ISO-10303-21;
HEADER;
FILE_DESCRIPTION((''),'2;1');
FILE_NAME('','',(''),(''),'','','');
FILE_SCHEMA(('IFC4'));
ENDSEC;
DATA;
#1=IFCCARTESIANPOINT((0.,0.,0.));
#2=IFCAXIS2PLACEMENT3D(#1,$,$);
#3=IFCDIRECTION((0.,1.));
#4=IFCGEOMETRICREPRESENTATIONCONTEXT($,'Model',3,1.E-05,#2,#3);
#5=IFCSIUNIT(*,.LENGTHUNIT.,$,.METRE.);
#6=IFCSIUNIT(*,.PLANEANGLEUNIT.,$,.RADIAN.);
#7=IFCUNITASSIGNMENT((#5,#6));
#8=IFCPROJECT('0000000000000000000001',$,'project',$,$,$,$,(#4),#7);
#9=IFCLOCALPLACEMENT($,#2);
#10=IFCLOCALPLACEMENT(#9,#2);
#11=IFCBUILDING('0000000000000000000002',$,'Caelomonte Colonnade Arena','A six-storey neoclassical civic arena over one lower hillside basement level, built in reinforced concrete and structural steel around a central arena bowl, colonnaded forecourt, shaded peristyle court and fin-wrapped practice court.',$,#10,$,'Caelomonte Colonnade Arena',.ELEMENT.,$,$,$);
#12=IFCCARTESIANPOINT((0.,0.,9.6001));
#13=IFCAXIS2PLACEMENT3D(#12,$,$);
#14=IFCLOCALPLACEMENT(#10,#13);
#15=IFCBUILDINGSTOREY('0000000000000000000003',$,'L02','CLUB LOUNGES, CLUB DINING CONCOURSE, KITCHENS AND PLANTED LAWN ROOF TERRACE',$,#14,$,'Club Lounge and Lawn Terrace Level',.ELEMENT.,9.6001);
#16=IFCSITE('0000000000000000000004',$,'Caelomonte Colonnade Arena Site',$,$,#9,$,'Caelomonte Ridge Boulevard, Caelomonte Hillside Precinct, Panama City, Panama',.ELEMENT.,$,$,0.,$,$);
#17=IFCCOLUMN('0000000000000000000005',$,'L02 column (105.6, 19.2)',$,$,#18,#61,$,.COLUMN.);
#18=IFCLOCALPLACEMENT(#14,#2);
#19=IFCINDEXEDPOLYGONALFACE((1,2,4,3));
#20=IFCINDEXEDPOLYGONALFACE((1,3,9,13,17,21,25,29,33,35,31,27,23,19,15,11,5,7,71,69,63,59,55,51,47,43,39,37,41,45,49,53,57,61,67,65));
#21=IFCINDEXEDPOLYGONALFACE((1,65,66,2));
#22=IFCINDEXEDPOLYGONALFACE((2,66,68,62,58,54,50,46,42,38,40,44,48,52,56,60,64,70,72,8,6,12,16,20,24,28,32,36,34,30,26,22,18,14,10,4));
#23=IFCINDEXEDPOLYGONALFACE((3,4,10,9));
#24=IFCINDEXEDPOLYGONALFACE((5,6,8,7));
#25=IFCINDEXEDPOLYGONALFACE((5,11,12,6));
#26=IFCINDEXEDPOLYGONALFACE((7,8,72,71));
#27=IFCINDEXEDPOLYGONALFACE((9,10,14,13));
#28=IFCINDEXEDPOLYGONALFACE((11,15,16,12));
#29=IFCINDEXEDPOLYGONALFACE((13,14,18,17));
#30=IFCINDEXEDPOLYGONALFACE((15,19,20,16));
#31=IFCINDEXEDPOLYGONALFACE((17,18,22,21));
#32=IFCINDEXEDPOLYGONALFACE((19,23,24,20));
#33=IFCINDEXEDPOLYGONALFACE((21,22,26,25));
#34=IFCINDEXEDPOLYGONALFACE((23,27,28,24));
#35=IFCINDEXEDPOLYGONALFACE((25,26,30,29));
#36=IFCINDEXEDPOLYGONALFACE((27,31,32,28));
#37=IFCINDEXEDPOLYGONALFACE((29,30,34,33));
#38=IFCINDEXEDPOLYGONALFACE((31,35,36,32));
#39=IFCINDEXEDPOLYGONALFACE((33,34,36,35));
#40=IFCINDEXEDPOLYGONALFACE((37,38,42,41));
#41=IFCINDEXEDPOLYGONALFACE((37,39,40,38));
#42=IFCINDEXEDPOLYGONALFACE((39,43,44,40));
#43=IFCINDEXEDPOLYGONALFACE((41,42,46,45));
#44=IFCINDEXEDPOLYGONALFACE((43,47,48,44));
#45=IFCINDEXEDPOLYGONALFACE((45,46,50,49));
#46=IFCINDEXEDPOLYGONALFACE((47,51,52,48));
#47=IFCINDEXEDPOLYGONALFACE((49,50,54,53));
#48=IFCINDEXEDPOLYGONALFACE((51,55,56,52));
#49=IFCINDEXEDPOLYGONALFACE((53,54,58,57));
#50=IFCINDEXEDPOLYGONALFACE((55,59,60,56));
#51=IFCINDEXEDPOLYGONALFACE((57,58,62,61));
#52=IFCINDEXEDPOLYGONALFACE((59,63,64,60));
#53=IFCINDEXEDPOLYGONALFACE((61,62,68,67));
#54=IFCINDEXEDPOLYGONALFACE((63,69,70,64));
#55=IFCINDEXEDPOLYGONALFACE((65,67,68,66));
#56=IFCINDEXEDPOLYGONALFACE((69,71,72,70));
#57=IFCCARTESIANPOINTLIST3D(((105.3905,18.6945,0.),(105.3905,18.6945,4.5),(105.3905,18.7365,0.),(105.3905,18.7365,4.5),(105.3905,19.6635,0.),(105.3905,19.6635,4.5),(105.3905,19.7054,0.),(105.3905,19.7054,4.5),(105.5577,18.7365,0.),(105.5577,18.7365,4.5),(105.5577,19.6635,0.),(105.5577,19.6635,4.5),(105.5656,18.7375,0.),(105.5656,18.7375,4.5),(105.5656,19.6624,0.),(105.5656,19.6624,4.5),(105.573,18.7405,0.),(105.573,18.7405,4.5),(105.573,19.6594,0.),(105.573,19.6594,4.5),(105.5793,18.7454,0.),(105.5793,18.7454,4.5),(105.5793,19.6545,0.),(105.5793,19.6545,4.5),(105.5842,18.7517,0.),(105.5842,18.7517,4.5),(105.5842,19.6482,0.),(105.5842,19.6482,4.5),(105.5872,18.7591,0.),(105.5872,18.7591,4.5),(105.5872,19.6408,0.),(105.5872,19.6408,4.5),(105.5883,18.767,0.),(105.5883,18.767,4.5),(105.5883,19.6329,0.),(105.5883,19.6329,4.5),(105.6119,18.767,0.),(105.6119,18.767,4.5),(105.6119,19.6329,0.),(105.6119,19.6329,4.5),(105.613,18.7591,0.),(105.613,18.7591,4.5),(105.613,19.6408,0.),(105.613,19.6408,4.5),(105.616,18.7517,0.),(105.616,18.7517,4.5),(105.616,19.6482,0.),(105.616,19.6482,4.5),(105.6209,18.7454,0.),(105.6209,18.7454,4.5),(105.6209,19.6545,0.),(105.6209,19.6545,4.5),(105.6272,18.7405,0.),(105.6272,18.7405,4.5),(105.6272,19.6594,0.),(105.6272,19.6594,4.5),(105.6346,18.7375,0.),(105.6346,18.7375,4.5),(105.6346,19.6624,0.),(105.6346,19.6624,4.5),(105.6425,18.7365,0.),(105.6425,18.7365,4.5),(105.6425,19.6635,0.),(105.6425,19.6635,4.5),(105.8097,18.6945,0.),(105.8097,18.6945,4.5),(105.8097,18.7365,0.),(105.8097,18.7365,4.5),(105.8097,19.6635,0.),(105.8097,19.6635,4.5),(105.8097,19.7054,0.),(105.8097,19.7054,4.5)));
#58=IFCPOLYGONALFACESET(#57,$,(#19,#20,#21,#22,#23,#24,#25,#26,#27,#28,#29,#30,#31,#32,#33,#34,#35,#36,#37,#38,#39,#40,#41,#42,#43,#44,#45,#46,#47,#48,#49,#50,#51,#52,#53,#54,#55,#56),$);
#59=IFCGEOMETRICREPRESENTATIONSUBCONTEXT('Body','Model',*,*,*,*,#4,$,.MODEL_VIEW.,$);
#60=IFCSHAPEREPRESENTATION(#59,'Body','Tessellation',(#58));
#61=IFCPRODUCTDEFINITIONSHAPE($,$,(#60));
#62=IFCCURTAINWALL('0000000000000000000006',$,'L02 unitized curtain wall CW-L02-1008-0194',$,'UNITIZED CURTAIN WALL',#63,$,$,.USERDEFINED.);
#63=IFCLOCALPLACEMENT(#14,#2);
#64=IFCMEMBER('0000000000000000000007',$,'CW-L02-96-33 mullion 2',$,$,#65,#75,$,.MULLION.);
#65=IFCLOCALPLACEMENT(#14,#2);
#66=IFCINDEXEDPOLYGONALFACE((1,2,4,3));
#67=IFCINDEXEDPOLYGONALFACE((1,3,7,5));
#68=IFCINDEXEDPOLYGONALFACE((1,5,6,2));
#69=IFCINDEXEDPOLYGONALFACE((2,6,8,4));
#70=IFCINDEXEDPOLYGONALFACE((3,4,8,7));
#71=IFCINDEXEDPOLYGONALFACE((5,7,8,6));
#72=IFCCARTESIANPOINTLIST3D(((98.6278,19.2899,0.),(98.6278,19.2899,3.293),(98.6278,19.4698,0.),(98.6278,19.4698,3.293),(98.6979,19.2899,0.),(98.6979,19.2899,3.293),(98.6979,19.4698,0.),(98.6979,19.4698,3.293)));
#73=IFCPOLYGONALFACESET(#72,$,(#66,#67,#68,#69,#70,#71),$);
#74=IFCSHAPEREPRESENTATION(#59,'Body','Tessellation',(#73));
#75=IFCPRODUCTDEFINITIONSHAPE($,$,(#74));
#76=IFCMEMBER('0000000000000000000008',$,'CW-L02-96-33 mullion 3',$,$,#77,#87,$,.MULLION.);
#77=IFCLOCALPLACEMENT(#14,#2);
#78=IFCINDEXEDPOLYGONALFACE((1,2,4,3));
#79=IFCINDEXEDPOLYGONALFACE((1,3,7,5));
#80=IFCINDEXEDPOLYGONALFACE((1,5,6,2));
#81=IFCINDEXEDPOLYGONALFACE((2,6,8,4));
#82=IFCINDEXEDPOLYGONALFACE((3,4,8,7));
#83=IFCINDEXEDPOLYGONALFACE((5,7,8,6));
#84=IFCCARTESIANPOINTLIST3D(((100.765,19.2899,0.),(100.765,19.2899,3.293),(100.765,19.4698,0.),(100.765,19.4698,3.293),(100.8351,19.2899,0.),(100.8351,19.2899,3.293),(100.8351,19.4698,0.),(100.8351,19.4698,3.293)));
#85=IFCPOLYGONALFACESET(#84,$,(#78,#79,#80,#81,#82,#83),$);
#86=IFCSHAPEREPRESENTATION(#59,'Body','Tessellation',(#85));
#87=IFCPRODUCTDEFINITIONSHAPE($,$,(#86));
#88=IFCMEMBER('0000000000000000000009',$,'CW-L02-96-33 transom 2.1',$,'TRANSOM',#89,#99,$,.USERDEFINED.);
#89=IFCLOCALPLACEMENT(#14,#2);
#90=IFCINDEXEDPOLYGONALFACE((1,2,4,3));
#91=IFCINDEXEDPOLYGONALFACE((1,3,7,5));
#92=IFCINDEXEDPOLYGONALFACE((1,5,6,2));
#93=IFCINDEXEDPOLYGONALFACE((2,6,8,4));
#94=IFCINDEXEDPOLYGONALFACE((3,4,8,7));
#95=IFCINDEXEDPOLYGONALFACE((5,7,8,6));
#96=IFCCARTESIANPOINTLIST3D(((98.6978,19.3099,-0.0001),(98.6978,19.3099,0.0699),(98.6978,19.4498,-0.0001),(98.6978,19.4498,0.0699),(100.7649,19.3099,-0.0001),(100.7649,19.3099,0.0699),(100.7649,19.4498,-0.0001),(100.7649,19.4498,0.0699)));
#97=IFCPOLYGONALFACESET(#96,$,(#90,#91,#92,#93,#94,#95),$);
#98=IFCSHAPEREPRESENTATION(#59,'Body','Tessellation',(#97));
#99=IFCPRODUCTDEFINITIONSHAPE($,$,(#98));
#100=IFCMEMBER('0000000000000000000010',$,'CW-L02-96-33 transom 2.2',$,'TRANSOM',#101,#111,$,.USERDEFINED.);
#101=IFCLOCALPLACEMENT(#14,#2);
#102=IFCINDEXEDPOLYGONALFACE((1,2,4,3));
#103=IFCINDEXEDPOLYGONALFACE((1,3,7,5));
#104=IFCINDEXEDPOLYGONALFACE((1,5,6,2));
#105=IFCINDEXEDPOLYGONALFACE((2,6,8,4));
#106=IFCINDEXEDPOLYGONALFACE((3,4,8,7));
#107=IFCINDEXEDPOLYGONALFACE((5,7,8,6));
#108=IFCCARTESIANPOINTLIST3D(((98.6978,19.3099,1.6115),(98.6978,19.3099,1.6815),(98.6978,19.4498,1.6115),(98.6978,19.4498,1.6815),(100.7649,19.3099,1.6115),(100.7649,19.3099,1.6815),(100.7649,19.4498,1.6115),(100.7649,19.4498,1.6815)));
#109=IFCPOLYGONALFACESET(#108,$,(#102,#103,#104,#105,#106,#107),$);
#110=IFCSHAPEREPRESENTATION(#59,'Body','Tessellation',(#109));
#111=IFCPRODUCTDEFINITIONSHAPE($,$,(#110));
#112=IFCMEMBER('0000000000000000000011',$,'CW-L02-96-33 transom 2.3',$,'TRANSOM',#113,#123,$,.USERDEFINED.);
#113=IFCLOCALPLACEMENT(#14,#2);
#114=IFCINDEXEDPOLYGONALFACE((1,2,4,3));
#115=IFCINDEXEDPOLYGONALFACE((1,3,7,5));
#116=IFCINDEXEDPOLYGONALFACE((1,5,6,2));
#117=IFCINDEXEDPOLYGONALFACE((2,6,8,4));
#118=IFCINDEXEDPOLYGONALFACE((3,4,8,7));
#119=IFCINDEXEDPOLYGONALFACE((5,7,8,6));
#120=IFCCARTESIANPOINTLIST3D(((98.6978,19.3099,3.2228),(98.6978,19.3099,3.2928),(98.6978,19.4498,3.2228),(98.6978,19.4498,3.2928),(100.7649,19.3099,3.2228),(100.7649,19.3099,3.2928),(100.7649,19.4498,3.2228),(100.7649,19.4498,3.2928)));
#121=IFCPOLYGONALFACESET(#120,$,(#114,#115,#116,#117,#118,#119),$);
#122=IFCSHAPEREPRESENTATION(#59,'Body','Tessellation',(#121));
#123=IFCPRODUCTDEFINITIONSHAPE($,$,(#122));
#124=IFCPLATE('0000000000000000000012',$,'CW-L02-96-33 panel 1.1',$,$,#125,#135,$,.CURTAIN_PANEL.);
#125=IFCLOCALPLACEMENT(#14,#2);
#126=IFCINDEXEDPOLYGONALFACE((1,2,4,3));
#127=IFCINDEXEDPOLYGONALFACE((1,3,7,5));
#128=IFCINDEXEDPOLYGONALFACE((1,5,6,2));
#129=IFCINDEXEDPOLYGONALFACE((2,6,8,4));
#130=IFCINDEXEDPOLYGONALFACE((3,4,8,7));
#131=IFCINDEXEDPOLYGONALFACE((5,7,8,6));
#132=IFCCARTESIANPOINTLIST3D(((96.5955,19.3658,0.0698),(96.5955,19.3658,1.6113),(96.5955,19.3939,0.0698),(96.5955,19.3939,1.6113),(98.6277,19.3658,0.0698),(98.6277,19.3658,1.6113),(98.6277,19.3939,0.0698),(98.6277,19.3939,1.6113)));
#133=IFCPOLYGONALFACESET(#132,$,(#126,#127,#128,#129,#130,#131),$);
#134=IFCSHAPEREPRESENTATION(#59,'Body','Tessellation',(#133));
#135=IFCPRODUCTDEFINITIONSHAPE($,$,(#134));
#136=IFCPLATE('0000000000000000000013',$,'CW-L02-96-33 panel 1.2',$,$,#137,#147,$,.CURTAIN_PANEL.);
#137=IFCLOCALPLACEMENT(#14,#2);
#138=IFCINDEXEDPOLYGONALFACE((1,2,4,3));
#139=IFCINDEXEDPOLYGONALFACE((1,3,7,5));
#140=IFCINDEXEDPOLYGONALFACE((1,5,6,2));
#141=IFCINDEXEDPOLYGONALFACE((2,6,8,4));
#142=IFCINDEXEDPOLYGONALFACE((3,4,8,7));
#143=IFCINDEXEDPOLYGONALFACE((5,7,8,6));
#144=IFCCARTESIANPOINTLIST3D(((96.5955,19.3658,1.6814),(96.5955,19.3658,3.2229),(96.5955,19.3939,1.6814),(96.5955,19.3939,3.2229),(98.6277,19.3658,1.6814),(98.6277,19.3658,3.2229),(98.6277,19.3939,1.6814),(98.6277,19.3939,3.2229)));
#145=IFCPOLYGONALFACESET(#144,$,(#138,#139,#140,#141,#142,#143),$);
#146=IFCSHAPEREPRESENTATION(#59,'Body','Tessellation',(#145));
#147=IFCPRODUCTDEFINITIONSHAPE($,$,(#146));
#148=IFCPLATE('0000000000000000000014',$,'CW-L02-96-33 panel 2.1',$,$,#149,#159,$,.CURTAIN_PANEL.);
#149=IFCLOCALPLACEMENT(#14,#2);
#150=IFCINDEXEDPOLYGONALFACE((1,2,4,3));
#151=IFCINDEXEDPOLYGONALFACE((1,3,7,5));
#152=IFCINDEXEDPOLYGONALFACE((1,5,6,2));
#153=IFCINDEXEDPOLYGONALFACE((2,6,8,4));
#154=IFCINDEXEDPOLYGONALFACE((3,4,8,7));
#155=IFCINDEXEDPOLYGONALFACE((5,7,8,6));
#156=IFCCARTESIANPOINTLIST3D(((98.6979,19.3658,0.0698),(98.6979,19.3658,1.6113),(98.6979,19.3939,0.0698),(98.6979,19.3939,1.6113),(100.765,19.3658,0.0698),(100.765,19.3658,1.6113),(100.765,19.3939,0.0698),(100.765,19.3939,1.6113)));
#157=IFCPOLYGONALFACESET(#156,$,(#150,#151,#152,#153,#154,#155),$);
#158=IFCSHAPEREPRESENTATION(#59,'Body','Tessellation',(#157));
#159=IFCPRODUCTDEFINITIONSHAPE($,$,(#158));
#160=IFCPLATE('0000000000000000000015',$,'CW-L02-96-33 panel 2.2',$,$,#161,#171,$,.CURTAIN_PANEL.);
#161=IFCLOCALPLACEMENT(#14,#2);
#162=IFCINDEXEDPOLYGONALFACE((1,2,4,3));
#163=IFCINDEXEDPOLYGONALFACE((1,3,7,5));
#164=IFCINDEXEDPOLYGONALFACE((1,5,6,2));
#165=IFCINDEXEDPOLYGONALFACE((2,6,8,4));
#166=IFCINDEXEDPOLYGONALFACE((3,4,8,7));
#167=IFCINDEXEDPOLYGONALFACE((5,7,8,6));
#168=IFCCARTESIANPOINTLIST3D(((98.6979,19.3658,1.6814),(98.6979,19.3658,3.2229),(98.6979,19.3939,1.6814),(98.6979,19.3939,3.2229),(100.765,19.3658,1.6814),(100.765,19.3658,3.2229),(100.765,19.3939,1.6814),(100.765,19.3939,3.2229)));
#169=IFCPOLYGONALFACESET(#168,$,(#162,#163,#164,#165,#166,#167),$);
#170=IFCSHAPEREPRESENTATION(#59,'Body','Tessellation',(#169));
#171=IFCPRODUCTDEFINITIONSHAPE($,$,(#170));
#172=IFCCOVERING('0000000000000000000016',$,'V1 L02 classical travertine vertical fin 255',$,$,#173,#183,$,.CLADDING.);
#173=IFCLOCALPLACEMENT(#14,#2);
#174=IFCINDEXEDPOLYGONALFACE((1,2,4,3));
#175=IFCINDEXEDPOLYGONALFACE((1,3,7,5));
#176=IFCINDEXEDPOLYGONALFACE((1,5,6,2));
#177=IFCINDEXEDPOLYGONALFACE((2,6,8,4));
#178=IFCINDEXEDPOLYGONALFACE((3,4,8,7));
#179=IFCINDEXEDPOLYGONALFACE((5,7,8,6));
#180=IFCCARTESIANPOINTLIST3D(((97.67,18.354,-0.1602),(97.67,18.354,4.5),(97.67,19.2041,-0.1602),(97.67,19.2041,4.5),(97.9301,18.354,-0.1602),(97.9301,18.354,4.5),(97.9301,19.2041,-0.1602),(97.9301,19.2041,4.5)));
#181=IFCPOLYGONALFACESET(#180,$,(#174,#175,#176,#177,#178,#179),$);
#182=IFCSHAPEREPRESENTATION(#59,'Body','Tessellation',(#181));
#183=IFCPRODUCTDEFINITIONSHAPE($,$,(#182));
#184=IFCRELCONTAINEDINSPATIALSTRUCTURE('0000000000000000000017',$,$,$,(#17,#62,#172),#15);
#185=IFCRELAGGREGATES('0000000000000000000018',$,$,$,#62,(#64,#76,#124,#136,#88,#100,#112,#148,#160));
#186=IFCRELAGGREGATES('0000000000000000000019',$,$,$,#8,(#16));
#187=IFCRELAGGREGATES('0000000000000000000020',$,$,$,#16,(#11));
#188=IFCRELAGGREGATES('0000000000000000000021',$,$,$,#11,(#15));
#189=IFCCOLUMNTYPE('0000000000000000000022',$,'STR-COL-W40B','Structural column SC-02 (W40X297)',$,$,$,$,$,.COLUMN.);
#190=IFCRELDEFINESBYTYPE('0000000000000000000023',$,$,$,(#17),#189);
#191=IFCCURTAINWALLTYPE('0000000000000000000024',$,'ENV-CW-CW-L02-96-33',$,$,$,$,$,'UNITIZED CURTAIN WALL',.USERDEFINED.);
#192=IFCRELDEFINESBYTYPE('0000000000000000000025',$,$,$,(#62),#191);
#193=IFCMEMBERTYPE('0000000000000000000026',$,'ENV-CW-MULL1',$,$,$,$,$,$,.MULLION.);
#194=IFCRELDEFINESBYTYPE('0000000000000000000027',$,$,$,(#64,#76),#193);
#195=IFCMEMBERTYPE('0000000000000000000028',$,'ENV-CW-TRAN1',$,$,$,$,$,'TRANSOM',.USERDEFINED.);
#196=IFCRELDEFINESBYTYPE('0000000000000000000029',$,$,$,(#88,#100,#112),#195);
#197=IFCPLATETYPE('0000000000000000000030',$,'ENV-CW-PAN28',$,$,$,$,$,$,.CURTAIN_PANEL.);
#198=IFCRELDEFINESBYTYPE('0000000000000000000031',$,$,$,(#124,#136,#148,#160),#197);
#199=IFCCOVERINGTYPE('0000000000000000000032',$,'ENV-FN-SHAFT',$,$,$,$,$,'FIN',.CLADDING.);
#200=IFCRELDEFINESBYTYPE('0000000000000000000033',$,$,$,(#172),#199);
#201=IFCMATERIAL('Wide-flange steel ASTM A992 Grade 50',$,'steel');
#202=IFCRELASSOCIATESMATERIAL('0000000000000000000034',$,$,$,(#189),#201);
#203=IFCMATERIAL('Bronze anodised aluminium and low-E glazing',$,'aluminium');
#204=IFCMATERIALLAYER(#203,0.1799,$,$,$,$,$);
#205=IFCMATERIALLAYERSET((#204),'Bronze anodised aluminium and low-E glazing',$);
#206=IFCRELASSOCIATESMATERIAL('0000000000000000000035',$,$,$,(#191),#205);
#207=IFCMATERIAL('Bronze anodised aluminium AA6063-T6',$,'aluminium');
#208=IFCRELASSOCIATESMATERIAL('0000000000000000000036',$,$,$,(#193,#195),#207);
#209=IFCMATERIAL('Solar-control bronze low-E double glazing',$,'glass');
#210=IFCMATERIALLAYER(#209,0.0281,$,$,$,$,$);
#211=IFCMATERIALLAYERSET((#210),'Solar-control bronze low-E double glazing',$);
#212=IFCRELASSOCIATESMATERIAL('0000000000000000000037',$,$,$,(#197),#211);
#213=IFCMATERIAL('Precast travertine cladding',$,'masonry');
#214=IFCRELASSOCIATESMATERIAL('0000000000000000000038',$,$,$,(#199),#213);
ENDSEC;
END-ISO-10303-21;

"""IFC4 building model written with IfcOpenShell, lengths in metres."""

from ifc_helpers import new_model, si_unit, direction, frame, origin, origin_2d, place, context, subcontext, project, spatial, rectangle, i_section, extrude, material, layer, layer_set, material_profile, profile_set, type_object, element, aggregate, save


model = new_model("IFC4")

# Units and contexts
model_context = context("Model", 3, precision=1e-05, world=origin(), true_north=direction((0.0, 1.0)))
body_context = subcontext(model_context, "Body", "Model", "MODEL_VIEW")
ifc_project = project(units=[si_unit("LENGTHUNIT", "METRE"), si_unit("PLANEANGLEUNIT", "RADIAN")], contexts=[model_context])

# Site, building, storey
site_placement = place(None, origin())
site = spatial("IfcSite", under=ifc_project, at=site_placement, Name="Caelomonte Colonnade Arena Site", LongName="Caelomonte Ridge Boulevard, Caelomonte Hillside Precinct, Panama City, Panama", CompositionType="ELEMENT", RefElevation=0.0)
building_placement = place(site_placement, origin())
building = spatial("IfcBuilding", under=site, at=building_placement, Name="Caelomonte Colonnade Arena", Description="A six-storey neoclassical civic arena over one lower hillside basement level, built in reinforced concrete and structural steel around a central arena bowl, colonnaded forecourt, shaded peristyle court and fin-wrapped practice court.", LongName="Caelomonte Colonnade Arena", CompositionType="ELEMENT")
storey_placement = place(building_placement, frame((0.0, 0.0, 9.6001)))
storey = spatial("IfcBuildingStorey", under=building, at=storey_placement, Name="L02", Description="CLUB LOUNGES, CLUB DINING CONCOURSE, KITCHENS AND PLANTED LAWN ROOF TERRACE", LongName="Club Lounge and Lawn Terrace Level", CompositionType="ELEMENT", Elevation=9.6001)

# Column
ifc_material_1 = material(Name="Wide-flange steel ASTM A992 Grade 50", Category="steel")
ifc_material_profile_1 = material_profile(ifc_material_1, i_section(OverallWidth=0.4192, OverallDepth=1.011, WebThickness=0.0237, FlangeThickness=0.042, FilletRadius=0.0305, at=origin_2d()), Name="W40X297")
ifc_profile_set_1 = profile_set([ifc_material_profile_1], Name="Wide-flange steel ASTM A992 Grade 50")
column_type = type_object("IfcColumnType", Name="STR-COL-W40B", Description="Structural column SC-02 (W40X297)", PredefinedType="COLUMN", material=ifc_profile_set_1)
column_placement = place(storey_placement, frame((105.6001, 19.2, 0.0), z_axis=(0.0, 0.0, 1.0), x_axis=(1.0, 0.0, 0.0)))
element("IfcColumn", 1, at=column_placement, inside=storey, type_object=column_type, Name="L02 column (105.6, 19.2)", PredefinedType="COLUMN", context=body_context, shape_type="SweptSolid", body=[
    extrude(i_section(OverallWidth=0.4192, OverallDepth=1.011, WebThickness=0.0237, FlangeThickness=0.042, FilletRadius=0.0305, at=origin_2d()), origin(), (0.0, 0.0, 1.0), 4.5),
])

# Curtain wall, members, plates
ifc_material_2 = material(Name="Bronze anodised aluminium and low-E glazing", Category="aluminium")
ifc_layer_1 = layer(ifc_material_2, 0.1799)
ifc_layer_set_1 = layer_set([ifc_layer_1], Name="Bronze anodised aluminium and low-E glazing")
curtain_wall_type = type_object("IfcCurtainWallType", Name="ENV-CW-CW-L02-96-33", ElementType="UNITIZED CURTAIN WALL", PredefinedType="USERDEFINED", material=ifc_layer_set_1)
curtain_wall_placement = place(storey_placement, origin())
curtain_wall = element("IfcCurtainWall", 2, at=curtain_wall_placement, inside=storey, type_object=curtain_wall_type, Name="L02 unitized curtain wall CW-L02-1008-0194", ObjectType="UNITIZED CURTAIN WALL", PredefinedType="USERDEFINED")
ifc_material_3 = material(Name="Bronze anodised aluminium AA6063-T6", Category="aluminium")
ifc_material_profile_2 = material_profile(ifc_material_3, rectangle(XDim=0.0701, YDim=0.1799, at=origin_2d()), Name="CWM-70X180")
ifc_profile_set_2 = profile_set([ifc_material_profile_2], Name="Bronze anodised aluminium AA6063-T6")
member_type_1 = type_object("IfcMemberType", Name="ENV-CW-MULL1", PredefinedType="MULLION", material=ifc_profile_set_2)
member_1_placement = place(storey_placement, frame((98.6628, 19.3799, 0.0), z_axis=(0.0, 0.0, 1.0), x_axis=(1.0, 0.0, 0.0)))
member_1 = element("IfcMember", 3, at=member_1_placement, type_object=member_type_1, Name="CW-L02-96-33 mullion 2", PredefinedType="MULLION", context=body_context, shape_type="SweptSolid", body=[
    extrude(rectangle(XDim=0.0701, YDim=0.1799, at=origin_2d()), origin(), (0.0, 0.0, 1.0), 3.293),
])
member_2_placement = place(storey_placement, frame((100.8, 19.3799, 0.0), z_axis=(0.0, 0.0, 1.0), x_axis=(1.0, 0.0, 0.0)))
member_2 = element("IfcMember", 4, at=member_2_placement, type_object=member_type_1, Name="CW-L02-96-33 mullion 3", PredefinedType="MULLION", context=body_context, shape_type="SweptSolid", body=[
    extrude(rectangle(XDim=0.0701, YDim=0.1799, at=origin_2d()), origin(), (0.0, 0.0, 1.0), 3.293),
])
ifc_material_profile_3 = material_profile(ifc_material_3, rectangle(XDim=0.0701, YDim=0.1399, at=origin_2d()), Name="CWT-70X140")
ifc_profile_set_3 = profile_set([ifc_material_profile_3], Name="Bronze anodised aluminium AA6063-T6")
member_type_2 = type_object("IfcMemberType", Name="ENV-CW-TRAN1", ElementType="TRANSOM", PredefinedType="USERDEFINED", material=ifc_profile_set_3)
member_3_placement = place(storey_placement, frame((98.6978, 19.3799, 0.0349), z_axis=(1.0, 0.0, 0.0), x_axis=(0.0, 0.0, 1.0)))
member_3 = element("IfcMember", 5, at=member_3_placement, type_object=member_type_2, Name="CW-L02-96-33 transom 2.1", ObjectType="TRANSOM", PredefinedType="USERDEFINED", context=body_context, shape_type="SweptSolid", body=[
    extrude(rectangle(XDim=0.0701, YDim=0.1399, at=origin_2d()), origin(), (0.0, 0.0, 1.0), 2.0671),
])
member_4_placement = place(storey_placement, frame((98.6978, 19.3799, 1.6465), z_axis=(1.0, 0.0, 0.0), x_axis=(0.0, 0.0, 1.0)))
member_4 = element("IfcMember", 6, at=member_4_placement, type_object=member_type_2, Name="CW-L02-96-33 transom 2.2", ObjectType="TRANSOM", PredefinedType="USERDEFINED", context=body_context, shape_type="SweptSolid", body=[
    extrude(rectangle(XDim=0.0701, YDim=0.1399, at=origin_2d()), origin(), (0.0, 0.0, 1.0), 2.0671),
])
member_5_placement = place(storey_placement, frame((98.6978, 19.3799, 3.2578), z_axis=(1.0, 0.0, 0.0), x_axis=(0.0, 0.0, 1.0)))
member_5 = element("IfcMember", 7, at=member_5_placement, type_object=member_type_2, Name="CW-L02-96-33 transom 2.3", ObjectType="TRANSOM", PredefinedType="USERDEFINED", context=body_context, shape_type="SweptSolid", body=[
    extrude(rectangle(XDim=0.0701, YDim=0.1399, at=origin_2d()), origin(), (0.0, 0.0, 1.0), 2.0671),
])
ifc_material_4 = material(Name="Solar-control bronze low-E double glazing", Category="glass")
ifc_layer_2 = layer(ifc_material_4, 0.0281)
ifc_layer_set_2 = layer_set([ifc_layer_2], Name="Solar-control bronze low-E double glazing")
plate_type = type_object("IfcPlateType", Name="ENV-CW-PAN28", PredefinedType="CURTAIN_PANEL", material=ifc_layer_set_2)
plate_1_placement = place(storey_placement, frame((97.6116, 19.3799, 0.0698), z_axis=(0.0, 0.0, 1.0), x_axis=(1.0, 0.0, 0.0)))
plate_1 = element("IfcPlate", 8, at=plate_1_placement, type_object=plate_type, Name="CW-L02-96-33 panel 1.1", PredefinedType="CURTAIN_PANEL", context=body_context, shape_type="SweptSolid", body=[
    extrude(rectangle(XDim=2.0322, YDim=0.0281, at=origin_2d()), origin(), (0.0, 0.0, 1.0), 1.5415),
])
plate_2_placement = place(storey_placement, frame((97.6116, 19.3799, 1.6814), z_axis=(0.0, 0.0, 1.0), x_axis=(1.0, 0.0, 0.0)))
plate_2 = element("IfcPlate", 9, at=plate_2_placement, type_object=plate_type, Name="CW-L02-96-33 panel 1.2", PredefinedType="CURTAIN_PANEL", context=body_context, shape_type="SweptSolid", body=[
    extrude(rectangle(XDim=2.0322, YDim=0.0281, at=origin_2d()), origin(), (0.0, 0.0, 1.0), 1.5415),
])
plate_3_placement = place(storey_placement, frame((99.7314, 19.3799, 0.0698), z_axis=(0.0, 0.0, 1.0), x_axis=(1.0, 0.0, 0.0)))
plate_3 = element("IfcPlate", 10, at=plate_3_placement, type_object=plate_type, Name="CW-L02-96-33 panel 2.1", PredefinedType="CURTAIN_PANEL", context=body_context, shape_type="SweptSolid", body=[
    extrude(rectangle(XDim=2.0671, YDim=0.0281, at=origin_2d()), origin(), (0.0, 0.0, 1.0), 1.5415),
])
plate_4_placement = place(storey_placement, frame((99.7314, 19.3799, 1.6814), z_axis=(0.0, 0.0, 1.0), x_axis=(1.0, 0.0, 0.0)))
plate_4 = element("IfcPlate", 11, at=plate_4_placement, type_object=plate_type, Name="CW-L02-96-33 panel 2.2", PredefinedType="CURTAIN_PANEL", context=body_context, shape_type="SweptSolid", body=[
    extrude(rectangle(XDim=2.0671, YDim=0.0281, at=origin_2d()), origin(), (0.0, 0.0, 1.0), 1.5415),
])
aggregate(curtain_wall, [member_1, member_2, plate_1, plate_2, member_3, member_4, member_5, plate_3, plate_4])

# Covering
ifc_material_5 = material(Name="Precast travertine cladding", Category="masonry")
ifc_material_profile_4 = material_profile(ifc_material_5, rectangle(XDim=0.26, YDim=0.8501, at=origin_2d()), Name="FIN260X850")
ifc_profile_set_4 = profile_set([ifc_material_profile_4], Name="Precast travertine cladding")
covering_type = type_object("IfcCoveringType", Name="ENV-FN-SHAFT", ElementType="FIN", PredefinedType="CLADDING", material=ifc_profile_set_4)
for number, where, z_axis, x_axis, name in (
    (12, (97.8, 18.7791, -0.1602), (0.0, 0.0, 1.0), (-1.0, 0.0, 0.0), "V1 L02 classical travertine vertical fin 255"),
):
    element("IfcCovering", number, at=place(storey_placement, frame(where, z_axis=z_axis, x_axis=x_axis)), inside=storey, type_object=covering_type, Name=name, PredefinedType="CLADDING", context=body_context, shape_type="SweptSolid", body=[
        extrude(rectangle(XDim=0.26, YDim=0.8501, at=origin_2d()), origin(), (0.0, 0.0, 1.0), 4.6602),
    ])

save(model, "model.ifc")
